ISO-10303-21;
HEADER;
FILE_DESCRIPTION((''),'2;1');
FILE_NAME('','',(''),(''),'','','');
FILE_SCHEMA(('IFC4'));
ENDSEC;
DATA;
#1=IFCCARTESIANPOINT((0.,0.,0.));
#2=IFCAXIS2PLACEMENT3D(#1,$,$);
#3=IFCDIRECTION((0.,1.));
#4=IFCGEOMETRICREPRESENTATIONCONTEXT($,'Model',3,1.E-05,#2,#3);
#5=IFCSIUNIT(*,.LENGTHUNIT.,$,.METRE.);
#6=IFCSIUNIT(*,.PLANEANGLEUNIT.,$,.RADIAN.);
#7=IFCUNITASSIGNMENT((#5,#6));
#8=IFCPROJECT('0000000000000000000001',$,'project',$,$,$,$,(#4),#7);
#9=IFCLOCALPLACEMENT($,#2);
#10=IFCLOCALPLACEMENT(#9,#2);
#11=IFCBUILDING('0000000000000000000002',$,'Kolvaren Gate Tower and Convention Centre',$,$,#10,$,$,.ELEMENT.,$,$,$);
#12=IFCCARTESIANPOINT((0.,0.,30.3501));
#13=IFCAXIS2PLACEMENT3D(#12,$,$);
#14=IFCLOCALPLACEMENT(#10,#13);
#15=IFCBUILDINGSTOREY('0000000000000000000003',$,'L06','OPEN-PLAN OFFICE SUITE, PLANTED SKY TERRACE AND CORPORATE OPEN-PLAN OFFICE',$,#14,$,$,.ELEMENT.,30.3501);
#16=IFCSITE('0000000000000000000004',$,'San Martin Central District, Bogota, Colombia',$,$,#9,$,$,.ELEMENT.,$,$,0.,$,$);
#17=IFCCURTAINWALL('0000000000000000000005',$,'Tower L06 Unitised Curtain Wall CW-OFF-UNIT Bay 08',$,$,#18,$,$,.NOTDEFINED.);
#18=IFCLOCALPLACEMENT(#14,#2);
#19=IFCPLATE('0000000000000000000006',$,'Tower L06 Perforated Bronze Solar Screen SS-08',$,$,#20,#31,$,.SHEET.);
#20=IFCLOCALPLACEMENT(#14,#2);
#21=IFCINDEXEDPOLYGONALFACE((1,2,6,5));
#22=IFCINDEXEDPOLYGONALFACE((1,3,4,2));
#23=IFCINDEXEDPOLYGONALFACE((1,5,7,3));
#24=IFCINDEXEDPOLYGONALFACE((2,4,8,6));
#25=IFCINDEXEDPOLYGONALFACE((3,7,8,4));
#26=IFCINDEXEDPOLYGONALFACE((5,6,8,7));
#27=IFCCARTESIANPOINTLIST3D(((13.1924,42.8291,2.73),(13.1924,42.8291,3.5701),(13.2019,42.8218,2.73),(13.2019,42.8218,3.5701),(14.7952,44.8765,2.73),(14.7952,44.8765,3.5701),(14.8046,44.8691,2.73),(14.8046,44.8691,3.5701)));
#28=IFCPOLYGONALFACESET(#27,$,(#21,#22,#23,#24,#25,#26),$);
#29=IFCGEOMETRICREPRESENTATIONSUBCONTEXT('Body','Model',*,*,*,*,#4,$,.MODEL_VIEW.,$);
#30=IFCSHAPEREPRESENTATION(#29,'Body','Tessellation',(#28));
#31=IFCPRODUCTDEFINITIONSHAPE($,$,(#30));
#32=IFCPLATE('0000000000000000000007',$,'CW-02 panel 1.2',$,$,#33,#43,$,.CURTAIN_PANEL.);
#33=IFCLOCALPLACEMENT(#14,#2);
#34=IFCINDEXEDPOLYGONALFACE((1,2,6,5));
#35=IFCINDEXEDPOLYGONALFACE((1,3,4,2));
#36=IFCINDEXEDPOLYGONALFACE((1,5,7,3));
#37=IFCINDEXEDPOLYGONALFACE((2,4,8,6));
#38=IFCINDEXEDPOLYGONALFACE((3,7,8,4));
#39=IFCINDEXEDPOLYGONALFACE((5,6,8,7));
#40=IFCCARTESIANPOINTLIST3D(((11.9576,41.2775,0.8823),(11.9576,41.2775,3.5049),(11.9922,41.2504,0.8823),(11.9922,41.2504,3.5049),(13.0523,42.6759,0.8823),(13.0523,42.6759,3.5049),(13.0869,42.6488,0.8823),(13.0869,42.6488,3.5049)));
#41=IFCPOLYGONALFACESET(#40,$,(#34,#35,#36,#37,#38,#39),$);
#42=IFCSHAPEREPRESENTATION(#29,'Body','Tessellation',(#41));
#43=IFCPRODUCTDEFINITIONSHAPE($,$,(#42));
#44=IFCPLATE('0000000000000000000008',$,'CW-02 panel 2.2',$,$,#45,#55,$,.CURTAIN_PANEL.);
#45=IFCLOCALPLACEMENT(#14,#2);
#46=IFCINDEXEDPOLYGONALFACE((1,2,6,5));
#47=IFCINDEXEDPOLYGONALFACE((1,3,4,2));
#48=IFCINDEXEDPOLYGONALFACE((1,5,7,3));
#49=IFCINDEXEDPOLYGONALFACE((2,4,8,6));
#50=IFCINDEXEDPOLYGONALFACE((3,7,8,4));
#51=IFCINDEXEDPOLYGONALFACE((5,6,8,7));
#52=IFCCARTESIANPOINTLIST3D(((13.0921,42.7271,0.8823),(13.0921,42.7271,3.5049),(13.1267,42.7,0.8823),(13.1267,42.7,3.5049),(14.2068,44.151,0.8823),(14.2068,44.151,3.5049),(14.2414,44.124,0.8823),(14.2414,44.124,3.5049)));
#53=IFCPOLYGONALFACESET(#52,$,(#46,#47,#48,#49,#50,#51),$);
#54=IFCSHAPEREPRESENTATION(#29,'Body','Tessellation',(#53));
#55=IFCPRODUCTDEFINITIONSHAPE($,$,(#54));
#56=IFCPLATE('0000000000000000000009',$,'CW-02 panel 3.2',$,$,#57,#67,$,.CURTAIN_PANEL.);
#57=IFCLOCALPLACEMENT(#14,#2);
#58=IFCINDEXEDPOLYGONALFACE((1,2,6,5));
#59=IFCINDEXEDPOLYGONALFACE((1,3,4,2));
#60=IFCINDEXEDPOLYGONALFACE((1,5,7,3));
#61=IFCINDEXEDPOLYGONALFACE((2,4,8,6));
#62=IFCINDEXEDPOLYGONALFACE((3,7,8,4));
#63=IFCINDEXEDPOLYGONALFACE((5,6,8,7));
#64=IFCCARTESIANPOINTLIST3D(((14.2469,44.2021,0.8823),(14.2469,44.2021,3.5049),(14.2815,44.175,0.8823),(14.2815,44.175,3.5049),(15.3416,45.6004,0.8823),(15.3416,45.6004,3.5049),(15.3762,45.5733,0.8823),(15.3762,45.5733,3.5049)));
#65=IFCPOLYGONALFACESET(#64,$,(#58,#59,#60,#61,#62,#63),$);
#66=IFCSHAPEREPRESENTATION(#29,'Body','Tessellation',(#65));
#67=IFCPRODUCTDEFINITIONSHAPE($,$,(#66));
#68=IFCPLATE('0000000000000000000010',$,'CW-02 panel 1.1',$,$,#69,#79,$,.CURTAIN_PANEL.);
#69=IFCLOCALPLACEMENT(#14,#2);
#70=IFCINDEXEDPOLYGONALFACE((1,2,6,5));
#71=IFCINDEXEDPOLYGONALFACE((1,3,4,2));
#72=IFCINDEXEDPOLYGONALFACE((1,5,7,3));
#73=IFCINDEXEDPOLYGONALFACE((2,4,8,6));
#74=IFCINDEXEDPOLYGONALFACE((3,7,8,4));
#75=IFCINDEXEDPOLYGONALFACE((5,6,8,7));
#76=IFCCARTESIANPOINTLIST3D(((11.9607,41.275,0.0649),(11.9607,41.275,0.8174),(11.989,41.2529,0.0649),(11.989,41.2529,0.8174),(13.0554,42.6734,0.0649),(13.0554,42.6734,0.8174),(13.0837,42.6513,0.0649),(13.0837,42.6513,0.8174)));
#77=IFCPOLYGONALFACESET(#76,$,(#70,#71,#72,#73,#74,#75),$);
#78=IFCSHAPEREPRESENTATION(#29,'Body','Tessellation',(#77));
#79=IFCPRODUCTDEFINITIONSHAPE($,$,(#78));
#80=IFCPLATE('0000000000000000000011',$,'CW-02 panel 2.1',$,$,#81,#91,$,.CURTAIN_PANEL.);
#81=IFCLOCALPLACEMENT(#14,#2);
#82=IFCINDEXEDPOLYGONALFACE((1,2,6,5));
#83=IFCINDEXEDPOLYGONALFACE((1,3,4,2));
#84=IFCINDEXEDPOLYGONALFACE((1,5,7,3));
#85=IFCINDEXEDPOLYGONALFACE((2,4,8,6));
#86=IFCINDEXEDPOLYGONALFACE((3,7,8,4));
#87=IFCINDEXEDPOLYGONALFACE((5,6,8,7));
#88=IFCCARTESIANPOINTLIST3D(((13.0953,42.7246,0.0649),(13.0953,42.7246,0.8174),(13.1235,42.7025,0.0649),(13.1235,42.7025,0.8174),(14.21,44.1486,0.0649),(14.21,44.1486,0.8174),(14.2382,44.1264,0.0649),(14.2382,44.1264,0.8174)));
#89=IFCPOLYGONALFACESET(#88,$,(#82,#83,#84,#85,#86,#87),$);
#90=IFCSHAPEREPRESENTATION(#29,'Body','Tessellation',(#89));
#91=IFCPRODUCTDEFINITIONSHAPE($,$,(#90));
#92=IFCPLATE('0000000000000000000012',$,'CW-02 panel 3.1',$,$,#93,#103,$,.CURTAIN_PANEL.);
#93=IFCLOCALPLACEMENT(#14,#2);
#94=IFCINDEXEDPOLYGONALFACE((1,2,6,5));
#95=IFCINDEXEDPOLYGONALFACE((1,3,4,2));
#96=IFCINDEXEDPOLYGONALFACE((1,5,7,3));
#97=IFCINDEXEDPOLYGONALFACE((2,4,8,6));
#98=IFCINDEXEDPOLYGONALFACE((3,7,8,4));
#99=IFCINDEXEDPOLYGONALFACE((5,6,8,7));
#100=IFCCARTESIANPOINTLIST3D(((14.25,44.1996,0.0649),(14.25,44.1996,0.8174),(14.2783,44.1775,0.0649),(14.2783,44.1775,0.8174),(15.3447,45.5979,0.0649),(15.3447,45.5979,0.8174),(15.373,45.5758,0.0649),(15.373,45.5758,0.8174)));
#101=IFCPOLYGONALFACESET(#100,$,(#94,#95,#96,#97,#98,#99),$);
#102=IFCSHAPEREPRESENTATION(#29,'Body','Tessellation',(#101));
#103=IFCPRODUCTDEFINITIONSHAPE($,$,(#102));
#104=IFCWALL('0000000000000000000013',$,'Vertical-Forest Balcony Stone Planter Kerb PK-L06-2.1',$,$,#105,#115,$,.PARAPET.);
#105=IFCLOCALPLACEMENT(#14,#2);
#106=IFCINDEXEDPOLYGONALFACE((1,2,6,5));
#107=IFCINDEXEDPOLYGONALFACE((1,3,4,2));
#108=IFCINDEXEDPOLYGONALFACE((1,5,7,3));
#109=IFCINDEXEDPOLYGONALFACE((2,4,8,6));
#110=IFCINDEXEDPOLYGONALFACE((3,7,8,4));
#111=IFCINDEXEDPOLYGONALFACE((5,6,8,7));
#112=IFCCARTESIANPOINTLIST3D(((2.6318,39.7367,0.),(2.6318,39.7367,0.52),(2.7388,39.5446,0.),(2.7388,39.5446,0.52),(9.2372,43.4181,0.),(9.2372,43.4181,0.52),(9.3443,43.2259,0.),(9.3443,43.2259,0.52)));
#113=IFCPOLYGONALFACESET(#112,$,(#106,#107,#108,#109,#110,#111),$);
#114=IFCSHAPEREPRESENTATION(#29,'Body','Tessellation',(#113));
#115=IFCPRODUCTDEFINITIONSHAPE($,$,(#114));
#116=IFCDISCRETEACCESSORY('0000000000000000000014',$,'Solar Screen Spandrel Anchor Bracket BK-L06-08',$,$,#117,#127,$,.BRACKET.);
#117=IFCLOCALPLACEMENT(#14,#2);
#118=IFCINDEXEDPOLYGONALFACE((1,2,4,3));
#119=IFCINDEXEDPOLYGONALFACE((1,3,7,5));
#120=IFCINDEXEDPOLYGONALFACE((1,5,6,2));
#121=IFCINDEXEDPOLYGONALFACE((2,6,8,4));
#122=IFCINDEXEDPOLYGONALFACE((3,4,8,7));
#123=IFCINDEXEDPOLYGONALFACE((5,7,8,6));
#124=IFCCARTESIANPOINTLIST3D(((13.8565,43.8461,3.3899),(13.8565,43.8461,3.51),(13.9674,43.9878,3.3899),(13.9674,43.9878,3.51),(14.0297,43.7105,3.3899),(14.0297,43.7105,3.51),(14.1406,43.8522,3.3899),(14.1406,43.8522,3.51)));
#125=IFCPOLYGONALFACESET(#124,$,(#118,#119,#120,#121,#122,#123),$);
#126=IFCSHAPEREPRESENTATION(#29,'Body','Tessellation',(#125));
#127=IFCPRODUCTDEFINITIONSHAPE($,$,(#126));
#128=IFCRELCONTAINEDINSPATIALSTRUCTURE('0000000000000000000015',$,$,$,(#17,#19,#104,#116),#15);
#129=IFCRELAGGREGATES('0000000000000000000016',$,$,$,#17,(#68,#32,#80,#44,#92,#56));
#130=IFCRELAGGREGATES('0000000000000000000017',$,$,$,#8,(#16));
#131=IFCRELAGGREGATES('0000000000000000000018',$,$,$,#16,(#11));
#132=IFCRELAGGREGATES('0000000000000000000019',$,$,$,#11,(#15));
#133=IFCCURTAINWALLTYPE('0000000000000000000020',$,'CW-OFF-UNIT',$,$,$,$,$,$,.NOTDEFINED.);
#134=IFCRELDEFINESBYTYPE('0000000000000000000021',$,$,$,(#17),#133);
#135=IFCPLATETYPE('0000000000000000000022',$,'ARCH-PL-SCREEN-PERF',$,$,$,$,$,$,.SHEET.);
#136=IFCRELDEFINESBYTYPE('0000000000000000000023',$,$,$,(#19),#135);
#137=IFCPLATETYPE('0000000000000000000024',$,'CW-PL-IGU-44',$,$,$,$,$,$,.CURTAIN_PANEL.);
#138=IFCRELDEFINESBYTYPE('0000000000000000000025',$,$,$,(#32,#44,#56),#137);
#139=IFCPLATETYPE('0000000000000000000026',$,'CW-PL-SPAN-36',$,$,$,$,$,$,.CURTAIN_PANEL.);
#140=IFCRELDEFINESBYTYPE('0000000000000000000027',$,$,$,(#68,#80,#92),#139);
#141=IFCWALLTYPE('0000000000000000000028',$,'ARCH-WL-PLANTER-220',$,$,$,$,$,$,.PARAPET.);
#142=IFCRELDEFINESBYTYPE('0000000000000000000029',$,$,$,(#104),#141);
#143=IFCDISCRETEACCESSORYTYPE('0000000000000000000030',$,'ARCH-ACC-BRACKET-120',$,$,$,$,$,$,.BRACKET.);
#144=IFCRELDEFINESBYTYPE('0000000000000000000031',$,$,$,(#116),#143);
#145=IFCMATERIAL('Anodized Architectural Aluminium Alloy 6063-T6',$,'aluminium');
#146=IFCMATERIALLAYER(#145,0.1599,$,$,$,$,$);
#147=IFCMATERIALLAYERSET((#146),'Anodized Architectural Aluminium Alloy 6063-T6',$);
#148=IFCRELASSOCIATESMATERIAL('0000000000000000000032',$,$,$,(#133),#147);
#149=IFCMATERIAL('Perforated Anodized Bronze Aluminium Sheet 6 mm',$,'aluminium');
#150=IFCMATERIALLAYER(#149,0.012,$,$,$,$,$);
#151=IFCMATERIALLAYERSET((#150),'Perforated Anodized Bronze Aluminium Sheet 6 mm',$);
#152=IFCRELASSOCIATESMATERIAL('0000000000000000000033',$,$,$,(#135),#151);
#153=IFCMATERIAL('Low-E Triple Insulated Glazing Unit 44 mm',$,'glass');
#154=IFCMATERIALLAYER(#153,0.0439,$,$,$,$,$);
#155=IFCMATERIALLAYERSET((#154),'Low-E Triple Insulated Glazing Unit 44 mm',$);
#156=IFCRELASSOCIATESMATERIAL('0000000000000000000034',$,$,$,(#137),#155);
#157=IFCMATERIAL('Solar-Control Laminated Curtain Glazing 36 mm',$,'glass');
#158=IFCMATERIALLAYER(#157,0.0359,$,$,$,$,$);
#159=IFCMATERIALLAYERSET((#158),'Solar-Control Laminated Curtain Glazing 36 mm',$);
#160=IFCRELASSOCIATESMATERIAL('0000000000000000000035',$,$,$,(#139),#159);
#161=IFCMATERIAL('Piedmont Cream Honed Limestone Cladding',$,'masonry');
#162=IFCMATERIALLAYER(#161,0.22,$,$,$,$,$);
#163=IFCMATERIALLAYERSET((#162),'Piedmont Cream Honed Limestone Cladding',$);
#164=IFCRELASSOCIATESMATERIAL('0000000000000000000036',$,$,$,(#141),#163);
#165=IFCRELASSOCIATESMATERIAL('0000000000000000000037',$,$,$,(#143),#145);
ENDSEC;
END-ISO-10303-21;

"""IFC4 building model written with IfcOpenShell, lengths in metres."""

from ifc_helpers import new_model, si_unit, direction, frame, frame_2d, origin, origin_2d, place, context, subcontext, project, spatial, rectangle, extrude, material, layer, layer_set, type_object, element, aggregate, save


model = new_model("IFC4")

# Units and contexts
model_context = context("Model", 3, precision=1e-05, world=origin(), true_north=direction((0.0, 1.0)))
body_context = subcontext(model_context, "Body", "Model", "MODEL_VIEW")
ifc_project = project(units=[si_unit("LENGTHUNIT", "METRE"), si_unit("PLANEANGLEUNIT", "RADIAN")], contexts=[model_context])

# Site, building, storey
site_placement = place(None, origin())
site = spatial("IfcSite", under=ifc_project, at=site_placement, Name="San Martin Central District, Bogota, Colombia", CompositionType="ELEMENT", RefElevation=0.0)
building_placement = place(site_placement, origin())
building = spatial("IfcBuilding", under=site, at=building_placement, Name="Kolvaren Gate Tower and Convention Centre", CompositionType="ELEMENT")
storey_placement = place(building_placement, frame((0.0, 0.0, 30.3501)))
storey = spatial("IfcBuildingStorey", under=building, at=storey_placement, Name="L06", Description="OPEN-PLAN OFFICE SUITE, PLANTED SKY TERRACE AND CORPORATE OPEN-PLAN OFFICE", CompositionType="ELEMENT", Elevation=30.3501)

# Curtain wall
ifc_material_1 = material(Name="Anodized Architectural Aluminium Alloy 6063-T6", Category="aluminium")
ifc_layer_1 = layer(ifc_material_1, 0.1599)
ifc_layer_set_1 = layer_set([ifc_layer_1], Name="Anodized Architectural Aluminium Alloy 6063-T6")
curtain_wall_type = type_object("IfcCurtainWallType", Name="CW-OFF-UNIT", PredefinedType="NOTDEFINED", material=ifc_layer_set_1)
curtain_wall_placement = place(storey_placement, origin())
curtain_wall = element("IfcCurtainWall", 1, at=curtain_wall_placement, inside=storey, type_object=curtain_wall_type, Name="Tower L06 Unitised Curtain Wall CW-OFF-UNIT Bay 08", PredefinedType="NOTDEFINED")

# Plates
ifc_material_2 = material(Name="Perforated Anodized Bronze Aluminium Sheet 6 mm", Category="aluminium")
ifc_layer_2 = layer(ifc_material_2, 0.012)
ifc_layer_set_2 = layer_set([ifc_layer_2], Name="Perforated Anodized Bronze Aluminium Sheet 6 mm")
plate_type_1 = type_object("IfcPlateType", Name="ARCH-PL-SCREEN-PERF", PredefinedType="SHEET", material=ifc_layer_set_2)
plate_1_placement = place(storey_placement, frame((13.9985, 43.8491, 2.73), z_axis=(0.0, 0.0, 1.0), x_axis=(0.616424, 0.787414, 0.0)))
element("IfcPlate", 2, at=plate_1_placement, inside=storey, type_object=plate_type_1, Name="Tower L06 Perforated Bronze Solar Screen SS-08", PredefinedType="SHEET", context=body_context, shape_type="SweptSolid", body=[
    extrude(rectangle(XDim=2.6001, YDim=0.012, at=origin_2d()), origin(), (0.0, 0.0, 1.0), 0.8401),
])
ifc_material_3 = material(Name="Low-E Triple Insulated Glazing Unit 44 mm", Category="glass")
ifc_layer_3 = layer(ifc_material_3, 0.0439)
ifc_layer_set_3 = layer_set([ifc_layer_3], Name="Low-E Triple Insulated Glazing Unit 44 mm")
plate_type_2 = type_object("IfcPlateType", Name="CW-PL-IGU-44", PredefinedType="CURTAIN_PANEL", material=ifc_layer_set_3)
plate_2_placement = place(storey_placement, frame((12.5222, 41.9631, 0.8823), z_axis=(0.0, 0.0, 1.0), x_axis=(0.616421, 0.787417, 0.0)))
plate_2 = element("IfcPlate", 3, at=plate_2_placement, type_object=plate_type_2, Name="CW-02 panel 1.2", PredefinedType="CURTAIN_PANEL", context=body_context, shape_type="SweptSolid", body=[
    extrude(rectangle(XDim=1.7759, YDim=0.0439, at=origin_2d()), origin(), (0.0, 0.0, 1.0), 2.6226),
])
plate_3_placement = place(storey_placement, frame((13.6667, 43.4255, 0.8823), z_axis=(0.0, 0.0, 1.0), x_axis=(0.616421, 0.787417, 0.0)))
plate_3 = element("IfcPlate", 4, at=plate_3_placement, type_object=plate_type_2, Name="CW-02 panel 2.2", PredefinedType="CURTAIN_PANEL", context=body_context, shape_type="SweptSolid", body=[
    extrude(rectangle(XDim=1.8083, YDim=0.0439, at=origin_2d()), origin(), (0.0, 0.0, 1.0), 2.6226),
])
plate_4_placement = place(storey_placement, frame((14.8115, 44.8877, 0.8823), z_axis=(0.0, 0.0, 1.0), x_axis=(0.616421, 0.787417, 0.0)))
plate_4 = element("IfcPlate", 5, at=plate_4_placement, type_object=plate_type_2, Name="CW-02 panel 3.2", PredefinedType="CURTAIN_PANEL", context=body_context, shape_type="SweptSolid", body=[
    extrude(rectangle(XDim=1.7759, YDim=0.0439, at=origin_2d()), origin(), (0.0, 0.0, 1.0), 2.6226),
])
ifc_material_4 = material(Name="Solar-Control Laminated Curtain Glazing 36 mm", Category="glass")
ifc_layer_4 = layer(ifc_material_4, 0.0359)
ifc_layer_set_4 = layer_set([ifc_layer_4], Name="Solar-Control Laminated Curtain Glazing 36 mm")
plate_type_3 = type_object("IfcPlateType", Name="CW-PL-SPAN-36", PredefinedType="CURTAIN_PANEL", material=ifc_layer_set_4)
plate_5_placement = place(storey_placement, frame((12.5222, 41.9631, 0.0649), z_axis=(0.0, 0.0, 1.0), x_axis=(0.616421, 0.787417, 0.0)))
plate_5 = element("IfcPlate", 6, at=plate_5_placement, type_object=plate_type_3, Name="CW-02 panel 1.1", PredefinedType="CURTAIN_PANEL", context=body_context, shape_type="SweptSolid", body=[
    extrude(rectangle(XDim=1.7759, YDim=0.0359, at=origin_2d()), origin(), (0.0, 0.0, 1.0), 0.7524),
])
plate_6_placement = place(storey_placement, frame((13.6667, 43.4255, 0.0649), z_axis=(0.0, 0.0, 1.0), x_axis=(0.616421, 0.787417, 0.0)))
plate_6 = element("IfcPlate", 7, at=plate_6_placement, type_object=plate_type_3, Name="CW-02 panel 2.1", PredefinedType="CURTAIN_PANEL", context=body_context, shape_type="SweptSolid", body=[
    extrude(rectangle(XDim=1.8083, YDim=0.0359, at=origin_2d()), origin(), (0.0, 0.0, 1.0), 0.7524),
])
plate_7_placement = place(storey_placement, frame((14.8115, 44.8877, 0.0649), z_axis=(0.0, 0.0, 1.0), x_axis=(0.616421, 0.787417, 0.0)))
plate_7 = element("IfcPlate", 8, at=plate_7_placement, type_object=plate_type_3, Name="CW-02 panel 3.1", PredefinedType="CURTAIN_PANEL", context=body_context, shape_type="SweptSolid", body=[
    extrude(rectangle(XDim=1.7759, YDim=0.0359, at=origin_2d()), origin(), (0.0, 0.0, 1.0), 0.7524),
])
aggregate(curtain_wall, [plate_5, plate_2, plate_6, plate_3, plate_7, plate_4])

# Wall
ifc_material_5 = material(Name="Piedmont Cream Honed Limestone Cladding", Category="masonry")
ifc_layer_5 = layer(ifc_material_5, 0.22)
ifc_layer_set_5 = layer_set([ifc_layer_5], Name="Piedmont Cream Honed Limestone Cladding")
wall_type = type_object("IfcWallType", Name="ARCH-WL-PLANTER-220", PredefinedType="PARAPET", material=ifc_layer_set_5)
wall_placement = place(storey_placement, frame((2.6853, 39.6406, 0.0), z_axis=(0.0, 0.0, 1.0), x_axis=(0.8735, 0.486824, 0.0)))
element("IfcWall", 9, at=wall_placement, inside=storey, type_object=wall_type, Name="Vertical-Forest Balcony Stone Planter Kerb PK-L06-2.1", PredefinedType="PARAPET", context=body_context, shape_type="SweptSolid", body=[
    extrude(rectangle(XDim=7.562, YDim=0.22, at=frame_2d((3.781, 0.0))), origin(), (0.0, 0.0, 1.0), 0.52),
])

# Discrete accessory
discrete_accessory_type = type_object("IfcDiscreteAccessoryType", Name="ARCH-ACC-BRACKET-120", PredefinedType="BRACKET", material=ifc_material_1)
discrete_accessory_placement = place(storey_placement, frame((13.9985, 43.8491, 3.3899), z_axis=(0.0, 0.0, 1.0), x_axis=(0.616424, 0.787414, 0.0)))
element("IfcDiscreteAccessory", 10, at=discrete_accessory_placement, inside=storey, type_object=discrete_accessory_type, Name="Solar Screen Spandrel Anchor Bracket BK-L06-08", PredefinedType="BRACKET", context=body_context, shape_type="SweptSolid", body=[
    extrude(rectangle(XDim=0.1799, YDim=0.22, at=origin_2d()), origin(), (0.0, 0.0, 1.0), 0.1201),
])

save(model, "model.ifc")
